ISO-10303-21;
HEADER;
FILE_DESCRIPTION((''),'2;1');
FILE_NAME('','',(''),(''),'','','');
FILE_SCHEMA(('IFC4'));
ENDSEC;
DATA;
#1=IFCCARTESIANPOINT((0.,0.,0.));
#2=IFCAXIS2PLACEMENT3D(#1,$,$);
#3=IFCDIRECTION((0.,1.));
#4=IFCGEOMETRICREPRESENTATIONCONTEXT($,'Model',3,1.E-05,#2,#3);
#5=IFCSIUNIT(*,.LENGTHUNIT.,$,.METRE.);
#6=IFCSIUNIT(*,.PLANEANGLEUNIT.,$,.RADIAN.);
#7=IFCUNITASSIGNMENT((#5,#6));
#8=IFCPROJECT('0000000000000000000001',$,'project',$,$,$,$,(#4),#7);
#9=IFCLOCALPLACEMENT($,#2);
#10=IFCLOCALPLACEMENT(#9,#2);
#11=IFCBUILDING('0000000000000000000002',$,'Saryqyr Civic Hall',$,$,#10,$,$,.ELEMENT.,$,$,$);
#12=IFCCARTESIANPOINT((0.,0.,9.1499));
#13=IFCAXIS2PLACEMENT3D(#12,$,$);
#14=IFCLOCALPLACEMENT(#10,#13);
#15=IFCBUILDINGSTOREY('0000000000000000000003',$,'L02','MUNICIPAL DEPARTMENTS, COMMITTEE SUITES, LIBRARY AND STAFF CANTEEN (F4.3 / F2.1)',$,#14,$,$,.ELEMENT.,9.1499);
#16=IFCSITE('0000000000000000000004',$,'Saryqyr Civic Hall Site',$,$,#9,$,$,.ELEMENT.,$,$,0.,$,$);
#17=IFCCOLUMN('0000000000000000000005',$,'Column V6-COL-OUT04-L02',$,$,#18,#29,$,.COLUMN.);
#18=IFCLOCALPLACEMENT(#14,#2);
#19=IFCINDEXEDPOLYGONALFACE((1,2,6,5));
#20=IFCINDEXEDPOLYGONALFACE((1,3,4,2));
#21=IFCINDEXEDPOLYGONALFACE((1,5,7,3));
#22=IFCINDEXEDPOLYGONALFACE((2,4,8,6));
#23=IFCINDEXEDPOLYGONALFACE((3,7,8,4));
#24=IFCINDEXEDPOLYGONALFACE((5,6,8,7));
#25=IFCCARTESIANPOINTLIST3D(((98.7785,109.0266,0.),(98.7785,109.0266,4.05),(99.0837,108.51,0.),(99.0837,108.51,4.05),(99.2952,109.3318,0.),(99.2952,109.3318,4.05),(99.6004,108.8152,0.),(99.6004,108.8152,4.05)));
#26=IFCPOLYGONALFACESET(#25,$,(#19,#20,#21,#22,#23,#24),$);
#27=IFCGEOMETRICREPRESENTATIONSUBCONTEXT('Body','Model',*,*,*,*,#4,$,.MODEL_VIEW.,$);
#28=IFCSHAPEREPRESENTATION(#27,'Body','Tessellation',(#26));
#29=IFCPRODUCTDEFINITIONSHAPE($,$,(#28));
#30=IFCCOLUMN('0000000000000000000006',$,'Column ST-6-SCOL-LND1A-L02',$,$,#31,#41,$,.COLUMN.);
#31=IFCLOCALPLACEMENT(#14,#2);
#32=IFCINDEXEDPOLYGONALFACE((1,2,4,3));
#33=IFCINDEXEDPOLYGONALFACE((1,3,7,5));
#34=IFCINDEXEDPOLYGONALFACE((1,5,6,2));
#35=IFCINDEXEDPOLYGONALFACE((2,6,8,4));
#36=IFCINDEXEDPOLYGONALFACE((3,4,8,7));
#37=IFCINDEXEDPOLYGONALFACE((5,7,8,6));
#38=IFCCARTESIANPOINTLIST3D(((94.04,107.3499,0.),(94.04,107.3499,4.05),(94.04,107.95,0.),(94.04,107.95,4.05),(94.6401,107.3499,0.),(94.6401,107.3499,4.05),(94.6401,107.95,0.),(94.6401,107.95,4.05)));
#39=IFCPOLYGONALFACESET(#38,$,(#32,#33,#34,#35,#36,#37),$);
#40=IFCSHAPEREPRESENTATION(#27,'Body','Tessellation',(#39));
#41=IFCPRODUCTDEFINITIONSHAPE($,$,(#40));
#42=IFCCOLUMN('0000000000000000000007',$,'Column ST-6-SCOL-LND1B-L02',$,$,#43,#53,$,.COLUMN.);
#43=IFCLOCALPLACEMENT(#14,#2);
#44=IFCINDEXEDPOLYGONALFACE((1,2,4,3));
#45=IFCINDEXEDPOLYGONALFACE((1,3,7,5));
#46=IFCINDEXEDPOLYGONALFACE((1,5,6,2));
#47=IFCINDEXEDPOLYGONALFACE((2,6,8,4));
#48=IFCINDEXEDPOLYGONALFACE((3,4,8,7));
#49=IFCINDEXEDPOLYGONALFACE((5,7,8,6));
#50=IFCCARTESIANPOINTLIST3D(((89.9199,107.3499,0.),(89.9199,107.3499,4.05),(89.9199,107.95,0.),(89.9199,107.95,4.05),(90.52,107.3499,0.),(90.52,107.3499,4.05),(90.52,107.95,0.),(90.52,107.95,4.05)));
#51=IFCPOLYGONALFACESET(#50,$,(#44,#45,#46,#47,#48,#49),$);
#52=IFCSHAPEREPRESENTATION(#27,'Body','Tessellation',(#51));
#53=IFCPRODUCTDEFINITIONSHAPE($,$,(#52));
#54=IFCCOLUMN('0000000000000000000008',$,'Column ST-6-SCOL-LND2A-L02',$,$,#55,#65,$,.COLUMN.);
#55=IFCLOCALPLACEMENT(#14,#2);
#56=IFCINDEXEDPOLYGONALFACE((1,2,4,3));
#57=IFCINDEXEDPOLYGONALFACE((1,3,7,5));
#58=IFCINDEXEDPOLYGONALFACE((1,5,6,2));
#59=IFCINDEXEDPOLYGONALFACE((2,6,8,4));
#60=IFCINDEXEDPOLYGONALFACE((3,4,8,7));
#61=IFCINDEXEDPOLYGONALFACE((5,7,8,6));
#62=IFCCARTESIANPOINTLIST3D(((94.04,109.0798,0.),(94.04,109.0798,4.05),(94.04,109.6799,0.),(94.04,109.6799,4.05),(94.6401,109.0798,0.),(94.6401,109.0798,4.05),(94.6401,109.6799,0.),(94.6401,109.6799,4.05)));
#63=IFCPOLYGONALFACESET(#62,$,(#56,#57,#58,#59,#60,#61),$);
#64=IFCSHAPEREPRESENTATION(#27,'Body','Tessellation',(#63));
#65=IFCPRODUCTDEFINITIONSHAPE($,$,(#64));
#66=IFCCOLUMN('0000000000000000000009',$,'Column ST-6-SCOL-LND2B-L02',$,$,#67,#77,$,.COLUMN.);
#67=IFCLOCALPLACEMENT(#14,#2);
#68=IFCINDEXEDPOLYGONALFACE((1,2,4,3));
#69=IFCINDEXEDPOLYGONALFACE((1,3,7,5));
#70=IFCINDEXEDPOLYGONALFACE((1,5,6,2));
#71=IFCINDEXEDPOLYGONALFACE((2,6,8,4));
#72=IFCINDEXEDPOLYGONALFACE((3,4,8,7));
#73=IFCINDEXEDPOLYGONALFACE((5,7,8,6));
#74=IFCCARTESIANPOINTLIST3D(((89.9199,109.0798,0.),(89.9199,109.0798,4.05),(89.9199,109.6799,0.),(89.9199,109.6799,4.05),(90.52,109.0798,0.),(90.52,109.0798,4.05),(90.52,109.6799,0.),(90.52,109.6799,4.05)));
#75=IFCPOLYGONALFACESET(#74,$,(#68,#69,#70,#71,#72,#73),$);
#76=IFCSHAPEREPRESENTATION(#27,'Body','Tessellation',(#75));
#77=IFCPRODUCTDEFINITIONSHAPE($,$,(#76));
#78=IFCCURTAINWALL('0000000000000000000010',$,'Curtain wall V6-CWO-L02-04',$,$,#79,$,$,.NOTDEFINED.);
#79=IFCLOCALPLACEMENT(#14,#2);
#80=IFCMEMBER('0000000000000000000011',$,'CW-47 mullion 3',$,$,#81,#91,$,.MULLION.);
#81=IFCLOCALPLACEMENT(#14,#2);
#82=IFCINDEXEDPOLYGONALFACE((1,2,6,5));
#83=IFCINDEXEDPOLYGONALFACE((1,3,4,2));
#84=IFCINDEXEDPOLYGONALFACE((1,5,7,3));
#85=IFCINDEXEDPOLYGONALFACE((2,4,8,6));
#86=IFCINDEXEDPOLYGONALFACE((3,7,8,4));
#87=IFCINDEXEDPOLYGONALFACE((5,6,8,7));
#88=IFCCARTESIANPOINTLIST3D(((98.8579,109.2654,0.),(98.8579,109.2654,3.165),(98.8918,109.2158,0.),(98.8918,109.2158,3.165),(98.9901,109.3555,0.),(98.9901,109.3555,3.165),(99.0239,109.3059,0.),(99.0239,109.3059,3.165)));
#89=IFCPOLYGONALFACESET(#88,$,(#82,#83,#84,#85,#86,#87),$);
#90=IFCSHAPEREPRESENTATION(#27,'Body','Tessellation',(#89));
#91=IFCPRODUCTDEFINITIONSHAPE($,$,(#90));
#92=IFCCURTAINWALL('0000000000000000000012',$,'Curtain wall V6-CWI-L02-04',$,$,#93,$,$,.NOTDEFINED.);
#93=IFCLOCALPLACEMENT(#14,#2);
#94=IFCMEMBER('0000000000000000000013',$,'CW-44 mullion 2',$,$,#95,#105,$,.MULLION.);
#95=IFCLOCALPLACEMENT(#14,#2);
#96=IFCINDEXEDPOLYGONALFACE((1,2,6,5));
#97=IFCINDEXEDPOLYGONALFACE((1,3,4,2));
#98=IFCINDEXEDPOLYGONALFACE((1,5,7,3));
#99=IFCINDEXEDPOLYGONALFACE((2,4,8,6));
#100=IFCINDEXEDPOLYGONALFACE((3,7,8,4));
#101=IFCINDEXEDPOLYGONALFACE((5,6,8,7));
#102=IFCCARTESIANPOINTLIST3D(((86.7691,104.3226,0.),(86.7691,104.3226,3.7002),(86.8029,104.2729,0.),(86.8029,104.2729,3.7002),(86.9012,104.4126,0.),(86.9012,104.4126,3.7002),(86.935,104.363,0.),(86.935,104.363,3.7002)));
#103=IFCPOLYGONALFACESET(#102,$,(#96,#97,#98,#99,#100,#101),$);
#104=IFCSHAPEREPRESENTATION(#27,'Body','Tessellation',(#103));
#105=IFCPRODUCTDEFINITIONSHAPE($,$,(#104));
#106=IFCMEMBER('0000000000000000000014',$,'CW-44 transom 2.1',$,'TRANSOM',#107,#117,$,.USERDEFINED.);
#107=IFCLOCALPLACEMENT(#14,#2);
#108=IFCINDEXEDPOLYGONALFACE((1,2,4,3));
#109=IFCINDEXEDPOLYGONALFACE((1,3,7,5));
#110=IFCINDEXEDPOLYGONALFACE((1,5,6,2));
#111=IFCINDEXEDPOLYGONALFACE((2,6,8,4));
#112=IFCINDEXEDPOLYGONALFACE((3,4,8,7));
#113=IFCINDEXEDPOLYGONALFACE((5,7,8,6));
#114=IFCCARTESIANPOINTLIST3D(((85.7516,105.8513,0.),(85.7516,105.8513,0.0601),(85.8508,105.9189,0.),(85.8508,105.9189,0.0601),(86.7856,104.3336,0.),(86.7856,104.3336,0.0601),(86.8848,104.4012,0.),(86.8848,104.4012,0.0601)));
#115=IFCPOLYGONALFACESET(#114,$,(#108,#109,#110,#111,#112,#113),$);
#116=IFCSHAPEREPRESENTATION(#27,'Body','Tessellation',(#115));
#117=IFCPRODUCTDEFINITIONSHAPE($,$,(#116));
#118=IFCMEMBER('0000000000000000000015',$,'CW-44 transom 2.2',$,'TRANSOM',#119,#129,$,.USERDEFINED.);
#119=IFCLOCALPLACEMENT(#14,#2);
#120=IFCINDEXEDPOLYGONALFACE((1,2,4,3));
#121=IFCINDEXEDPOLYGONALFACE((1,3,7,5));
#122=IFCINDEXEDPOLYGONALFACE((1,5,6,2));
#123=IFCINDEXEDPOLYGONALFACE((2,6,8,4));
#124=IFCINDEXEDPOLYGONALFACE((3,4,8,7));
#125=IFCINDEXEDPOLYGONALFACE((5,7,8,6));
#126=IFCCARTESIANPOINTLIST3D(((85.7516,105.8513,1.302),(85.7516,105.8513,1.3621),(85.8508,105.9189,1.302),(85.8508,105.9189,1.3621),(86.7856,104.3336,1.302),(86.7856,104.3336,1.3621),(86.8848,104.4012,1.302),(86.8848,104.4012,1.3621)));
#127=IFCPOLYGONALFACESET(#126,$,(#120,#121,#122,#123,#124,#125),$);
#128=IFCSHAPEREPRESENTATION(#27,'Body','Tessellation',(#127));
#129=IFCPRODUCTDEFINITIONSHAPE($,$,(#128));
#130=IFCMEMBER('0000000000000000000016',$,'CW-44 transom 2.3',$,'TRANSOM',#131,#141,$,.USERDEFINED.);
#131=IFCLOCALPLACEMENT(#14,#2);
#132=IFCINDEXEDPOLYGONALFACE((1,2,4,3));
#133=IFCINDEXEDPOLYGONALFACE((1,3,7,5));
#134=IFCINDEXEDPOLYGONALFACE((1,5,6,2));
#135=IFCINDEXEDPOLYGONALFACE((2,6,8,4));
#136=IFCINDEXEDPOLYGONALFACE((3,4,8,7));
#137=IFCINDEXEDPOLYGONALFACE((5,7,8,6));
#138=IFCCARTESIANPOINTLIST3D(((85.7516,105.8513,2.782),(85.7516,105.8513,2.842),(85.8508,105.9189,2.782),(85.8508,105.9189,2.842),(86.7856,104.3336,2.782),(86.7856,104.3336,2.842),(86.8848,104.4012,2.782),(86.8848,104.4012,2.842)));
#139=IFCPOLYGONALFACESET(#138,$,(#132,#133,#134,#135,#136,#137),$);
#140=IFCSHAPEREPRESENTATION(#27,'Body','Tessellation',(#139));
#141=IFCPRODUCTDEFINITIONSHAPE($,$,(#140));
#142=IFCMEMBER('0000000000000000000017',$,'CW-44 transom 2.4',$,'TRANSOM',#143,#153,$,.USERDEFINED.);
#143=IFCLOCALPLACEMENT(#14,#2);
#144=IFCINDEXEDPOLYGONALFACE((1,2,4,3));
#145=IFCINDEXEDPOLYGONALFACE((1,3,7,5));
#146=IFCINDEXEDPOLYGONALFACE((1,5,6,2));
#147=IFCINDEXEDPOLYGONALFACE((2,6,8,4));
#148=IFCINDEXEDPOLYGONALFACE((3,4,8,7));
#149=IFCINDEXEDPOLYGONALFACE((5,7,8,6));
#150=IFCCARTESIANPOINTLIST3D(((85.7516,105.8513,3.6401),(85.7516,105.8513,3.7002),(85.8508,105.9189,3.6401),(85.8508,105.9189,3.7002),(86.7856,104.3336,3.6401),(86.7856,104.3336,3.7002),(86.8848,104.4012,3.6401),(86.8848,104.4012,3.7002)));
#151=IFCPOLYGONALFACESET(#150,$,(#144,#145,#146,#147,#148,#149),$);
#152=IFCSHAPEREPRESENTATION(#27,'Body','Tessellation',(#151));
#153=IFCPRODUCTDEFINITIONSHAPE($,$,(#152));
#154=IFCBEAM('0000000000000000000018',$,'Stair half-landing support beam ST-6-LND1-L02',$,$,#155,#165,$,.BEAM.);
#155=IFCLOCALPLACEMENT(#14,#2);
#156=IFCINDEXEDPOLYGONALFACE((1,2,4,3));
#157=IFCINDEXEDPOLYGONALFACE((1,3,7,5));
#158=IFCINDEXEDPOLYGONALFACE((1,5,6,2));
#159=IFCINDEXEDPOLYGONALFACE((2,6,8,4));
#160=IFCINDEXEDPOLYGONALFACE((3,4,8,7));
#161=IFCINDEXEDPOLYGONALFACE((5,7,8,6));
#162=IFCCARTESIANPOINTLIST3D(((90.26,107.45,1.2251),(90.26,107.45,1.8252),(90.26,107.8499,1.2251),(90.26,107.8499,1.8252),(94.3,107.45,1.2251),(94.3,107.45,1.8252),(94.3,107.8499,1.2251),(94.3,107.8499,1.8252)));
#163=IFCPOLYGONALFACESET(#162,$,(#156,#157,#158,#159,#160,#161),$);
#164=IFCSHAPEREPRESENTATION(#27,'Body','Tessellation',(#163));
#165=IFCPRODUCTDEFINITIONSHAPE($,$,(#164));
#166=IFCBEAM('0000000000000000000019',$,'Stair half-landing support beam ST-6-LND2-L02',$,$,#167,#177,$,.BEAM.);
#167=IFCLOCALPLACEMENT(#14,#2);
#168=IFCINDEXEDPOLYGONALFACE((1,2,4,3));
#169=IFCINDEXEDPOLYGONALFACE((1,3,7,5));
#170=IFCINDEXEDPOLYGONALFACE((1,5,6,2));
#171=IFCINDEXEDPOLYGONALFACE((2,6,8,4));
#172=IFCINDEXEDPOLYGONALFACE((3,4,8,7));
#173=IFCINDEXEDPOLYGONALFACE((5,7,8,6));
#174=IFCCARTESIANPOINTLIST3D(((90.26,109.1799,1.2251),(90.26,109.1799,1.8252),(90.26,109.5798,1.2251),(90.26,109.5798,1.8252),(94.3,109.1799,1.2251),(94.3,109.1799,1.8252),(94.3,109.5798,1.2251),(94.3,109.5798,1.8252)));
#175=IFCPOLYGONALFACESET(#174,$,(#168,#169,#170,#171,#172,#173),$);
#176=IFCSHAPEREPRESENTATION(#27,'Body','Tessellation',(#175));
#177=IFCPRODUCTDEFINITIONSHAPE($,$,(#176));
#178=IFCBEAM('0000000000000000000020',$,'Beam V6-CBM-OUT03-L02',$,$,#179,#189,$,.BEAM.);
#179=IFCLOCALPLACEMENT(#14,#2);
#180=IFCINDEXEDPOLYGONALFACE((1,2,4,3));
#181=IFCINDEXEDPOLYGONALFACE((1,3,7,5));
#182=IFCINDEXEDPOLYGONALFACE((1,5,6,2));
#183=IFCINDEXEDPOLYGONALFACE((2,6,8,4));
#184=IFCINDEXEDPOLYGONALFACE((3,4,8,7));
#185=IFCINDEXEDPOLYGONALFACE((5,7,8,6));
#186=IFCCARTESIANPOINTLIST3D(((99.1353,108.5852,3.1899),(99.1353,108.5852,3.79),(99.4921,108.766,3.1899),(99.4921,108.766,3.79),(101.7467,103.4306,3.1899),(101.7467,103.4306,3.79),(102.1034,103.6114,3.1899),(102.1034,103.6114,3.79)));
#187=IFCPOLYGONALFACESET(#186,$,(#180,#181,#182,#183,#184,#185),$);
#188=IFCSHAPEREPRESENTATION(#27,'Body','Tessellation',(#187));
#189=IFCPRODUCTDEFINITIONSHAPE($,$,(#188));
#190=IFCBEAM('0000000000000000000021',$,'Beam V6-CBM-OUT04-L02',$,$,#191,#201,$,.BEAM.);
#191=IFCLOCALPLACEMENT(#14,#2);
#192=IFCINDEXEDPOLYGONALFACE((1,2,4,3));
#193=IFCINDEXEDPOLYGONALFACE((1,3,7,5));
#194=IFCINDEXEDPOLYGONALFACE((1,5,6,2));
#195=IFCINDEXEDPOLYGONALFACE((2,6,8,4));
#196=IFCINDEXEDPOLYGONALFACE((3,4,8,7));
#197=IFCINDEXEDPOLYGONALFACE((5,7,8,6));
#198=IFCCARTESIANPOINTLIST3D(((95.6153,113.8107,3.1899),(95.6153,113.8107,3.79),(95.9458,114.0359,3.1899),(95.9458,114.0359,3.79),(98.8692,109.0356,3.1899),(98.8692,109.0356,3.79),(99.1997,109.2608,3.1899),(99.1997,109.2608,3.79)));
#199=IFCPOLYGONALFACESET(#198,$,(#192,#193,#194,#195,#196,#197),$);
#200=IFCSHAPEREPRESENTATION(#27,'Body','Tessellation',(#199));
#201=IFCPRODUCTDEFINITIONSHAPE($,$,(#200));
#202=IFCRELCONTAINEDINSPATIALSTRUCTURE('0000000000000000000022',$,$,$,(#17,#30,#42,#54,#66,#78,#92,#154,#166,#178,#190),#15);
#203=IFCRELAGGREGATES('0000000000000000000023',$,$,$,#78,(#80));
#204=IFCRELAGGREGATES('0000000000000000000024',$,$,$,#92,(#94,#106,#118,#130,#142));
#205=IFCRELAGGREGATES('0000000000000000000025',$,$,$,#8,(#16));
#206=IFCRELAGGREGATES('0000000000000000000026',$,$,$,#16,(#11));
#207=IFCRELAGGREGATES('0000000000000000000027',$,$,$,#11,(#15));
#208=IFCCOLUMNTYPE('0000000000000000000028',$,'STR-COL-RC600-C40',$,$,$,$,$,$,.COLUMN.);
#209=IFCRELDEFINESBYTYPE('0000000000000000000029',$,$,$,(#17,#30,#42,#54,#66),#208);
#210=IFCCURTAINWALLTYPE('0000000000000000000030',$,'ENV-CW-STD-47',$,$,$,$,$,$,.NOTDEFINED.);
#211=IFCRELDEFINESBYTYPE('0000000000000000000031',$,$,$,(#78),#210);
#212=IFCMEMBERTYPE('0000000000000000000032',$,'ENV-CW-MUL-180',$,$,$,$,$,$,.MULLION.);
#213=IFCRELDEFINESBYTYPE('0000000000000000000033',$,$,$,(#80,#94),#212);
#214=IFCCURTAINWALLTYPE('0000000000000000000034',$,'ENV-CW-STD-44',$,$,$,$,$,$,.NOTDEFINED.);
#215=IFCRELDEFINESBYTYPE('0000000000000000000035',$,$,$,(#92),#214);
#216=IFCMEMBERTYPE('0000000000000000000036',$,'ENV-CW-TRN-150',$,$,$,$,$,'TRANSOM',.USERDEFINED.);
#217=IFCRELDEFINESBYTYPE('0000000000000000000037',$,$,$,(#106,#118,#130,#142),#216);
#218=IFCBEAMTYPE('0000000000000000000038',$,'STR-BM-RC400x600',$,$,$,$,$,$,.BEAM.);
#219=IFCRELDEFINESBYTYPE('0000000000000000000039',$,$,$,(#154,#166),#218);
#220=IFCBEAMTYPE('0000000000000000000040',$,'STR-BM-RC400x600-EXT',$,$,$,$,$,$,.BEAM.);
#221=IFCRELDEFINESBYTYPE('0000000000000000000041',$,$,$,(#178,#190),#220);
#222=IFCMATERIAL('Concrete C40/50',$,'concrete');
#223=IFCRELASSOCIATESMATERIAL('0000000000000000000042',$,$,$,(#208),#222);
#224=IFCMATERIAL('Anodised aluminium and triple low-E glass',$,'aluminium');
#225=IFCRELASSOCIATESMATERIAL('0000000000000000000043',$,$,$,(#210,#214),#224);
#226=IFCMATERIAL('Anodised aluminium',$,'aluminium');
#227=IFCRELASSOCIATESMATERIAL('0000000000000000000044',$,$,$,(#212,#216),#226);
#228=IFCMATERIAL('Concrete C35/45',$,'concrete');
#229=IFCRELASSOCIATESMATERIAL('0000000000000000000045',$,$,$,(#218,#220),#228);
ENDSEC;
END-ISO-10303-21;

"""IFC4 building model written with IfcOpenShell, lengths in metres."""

from ifc_helpers import new_model, si_unit, direction, frame, origin, origin_2d, place, context, subcontext, project, spatial, rectangle, extrude, material, material_profile, profile_set, type_object, element, aggregate, save


model = new_model("IFC4")

# Units and contexts
model_context = context("Model", 3, precision=1e-05, world=origin(), true_north=direction((0.0, 1.0)))
body_context = subcontext(model_context, "Body", "Model", "MODEL_VIEW")
ifc_project = project(units=[si_unit("LENGTHUNIT", "METRE"), si_unit("PLANEANGLEUNIT", "RADIAN")], contexts=[model_context])

# Site, building, storey
site_placement = place(None, origin())
site = spatial("IfcSite", under=ifc_project, at=site_placement, Name="Saryqyr Civic Hall Site", CompositionType="ELEMENT", RefElevation=0.0)
building_placement = place(site_placement, origin())
building = spatial("IfcBuilding", under=site, at=building_placement, Name="Saryqyr Civic Hall", CompositionType="ELEMENT")
storey_placement = place(building_placement, frame((0.0, 0.0, 9.1499)))
storey = spatial("IfcBuildingStorey", under=building, at=storey_placement, Name="L02", Description="MUNICIPAL DEPARTMENTS, COMMITTEE SUITES, LIBRARY AND STAFF CANTEEN (F4.3 / F2.1)", CompositionType="ELEMENT", Elevation=9.1499)

# Columns
ifc_material_1 = material(Name="Concrete C40/50", Category="concrete")
ifc_material_profile_1 = material_profile(ifc_material_1, rectangle(XDim=0.6001, YDim=0.6001, at=origin_2d()), Name="RC 600x600")
ifc_profile_set_1 = profile_set([ifc_material_profile_1], Name="Concrete C40/50")
column_type = type_object("IfcColumnType", Name="STR-COL-RC600-C40", PredefinedType="COLUMN", material=ifc_profile_set_1)
for number, where, z_axis, x_axis, name in (
    (1, (99.1895, 108.9209, 0.0), (0.0, 0.0, 1.0), (0.861008, 0.508591, 0.0), "Column V6-COL-OUT04-L02"),
    (2, (94.3401, 107.6499, 0.0), (0.0, 0.0, 1.0), (1.0, 0.0, 0.0), "Column ST-6-SCOL-LND1A-L02"),
    (3, (90.22, 107.6499, 0.0), (0.0, 0.0, 1.0), (1.0, 0.0, 0.0), "Column ST-6-SCOL-LND1B-L02"),
    (4, (94.3401, 109.3799, 0.0), (0.0, 0.0, 1.0), (1.0, 0.0, 0.0), "Column ST-6-SCOL-LND2A-L02"),
    (5, (90.22, 109.3799, 0.0), (0.0, 0.0, 1.0), (1.0, 0.0, 0.0), "Column ST-6-SCOL-LND2B-L02"),
):
    element("IfcColumn", number, at=place(storey_placement, frame(where, z_axis=z_axis, x_axis=x_axis)), inside=storey, type_object=column_type, Name=name, PredefinedType="COLUMN", context=body_context, shape_type="SweptSolid", body=[
        extrude(rectangle(XDim=0.6001, YDim=0.6001, at=origin_2d()), origin(), (0.0, 0.0, 1.0), 4.05),
    ])

# Curtain wall, member
ifc_material_2 = material(Name="Anodised aluminium and triple low-E glass", Category="aluminium")
curtain_wall_type_1 = type_object("IfcCurtainWallType", Name="ENV-CW-STD-47", PredefinedType="NOTDEFINED", material=ifc_material_2)
curtain_wall_1_placement = place(storey_placement, origin())
curtain_wall_1 = element("IfcCurtainWall", 6, at=curtain_wall_1_placement, inside=storey, type_object=curtain_wall_type_1, Name="Curtain wall V6-CWO-L02-04", PredefinedType="NOTDEFINED")
ifc_material_3 = material(Name="Anodised aluminium", Category="aluminium")
ifc_material_profile_2 = material_profile(ifc_material_3, rectangle(XDim=0.0601, YDim=0.1599, at=origin_2d()), Name="ALU MULLION 60x160")
ifc_profile_set_2 = profile_set([ifc_material_profile_2], Name="Anodised aluminium")
member_type_1 = type_object("IfcMemberType", Name="ENV-CW-MUL-180", PredefinedType="MULLION", material=ifc_profile_set_2)
member_1_placement = place(storey_placement, frame((98.9409, 109.2856, 0.0), z_axis=(0.0, 0.0, 1.0), x_axis=(0.563118, -0.826377, 0.0)))
member_1 = element("IfcMember", 7, at=member_1_placement, type_object=member_type_1, Name="CW-47 mullion 3", PredefinedType="MULLION", context=body_context, shape_type="SweptSolid", body=[
    extrude(rectangle(XDim=0.0601, YDim=0.1599, at=origin_2d()), origin(), (0.0, 0.0, 1.0), 3.165),
])
aggregate(curtain_wall_1, [member_1])

# Curtain wall, members
curtain_wall_type_2 = type_object("IfcCurtainWallType", Name="ENV-CW-STD-44", PredefinedType="NOTDEFINED", material=ifc_material_2)
curtain_wall_2_placement = place(storey_placement, origin())
curtain_wall_2 = element("IfcCurtainWall", 8, at=curtain_wall_2_placement, inside=storey, type_object=curtain_wall_type_2, Name="Curtain wall V6-CWI-L02-04", PredefinedType="NOTDEFINED")
member_2_placement = place(storey_placement, frame((86.8521, 104.3428, 0.0), z_axis=(0.0, 0.0, 1.0), x_axis=(-0.56313, 0.826368, 0.0)))
member_2 = element("IfcMember", 9, at=member_2_placement, type_object=member_type_1, Name="CW-44 mullion 2", PredefinedType="MULLION", context=body_context, shape_type="SweptSolid", body=[
    extrude(rectangle(XDim=0.0601, YDim=0.1599, at=origin_2d()), origin(), (0.0, 0.0, 1.0), 3.7002),
])
ifc_material_profile_3 = material_profile(ifc_material_3, rectangle(XDim=0.1201, YDim=0.0601, at=origin_2d()), Name="ALU TRANSOM 120x60")
ifc_profile_set_3 = profile_set([ifc_material_profile_3], Name="Anodised aluminium")
member_type_2 = type_object("IfcMemberType", Name="ENV-CW-TRN-150", ElementType="TRANSOM", PredefinedType="USERDEFINED", material=ifc_profile_set_3)
member_3_placement = place(storey_placement, frame((86.8352, 104.3674, 0.03), z_axis=(-0.563048, 0.826424, 0.0), x_axis=(-0.826424, -0.563048, 0.0)))
member_3 = element("IfcMember", 10, at=member_3_placement, type_object=member_type_2, Name="CW-44 transom 2.1", ObjectType="TRANSOM", PredefinedType="USERDEFINED", context=body_context, shape_type="SweptSolid", body=[
    extrude(rectangle(XDim=0.1201, YDim=0.0601, at=origin_2d()), origin(), (0.0, 0.0, 1.0), 1.8364),
])
member_4_placement = place(storey_placement, frame((86.8352, 104.3674, 1.332), z_axis=(-0.563048, 0.826424, 0.0), x_axis=(-0.826424, -0.563048, 0.0)))
member_4 = element("IfcMember", 11, at=member_4_placement, type_object=member_type_2, Name="CW-44 transom 2.2", ObjectType="TRANSOM", PredefinedType="USERDEFINED", context=body_context, shape_type="SweptSolid", body=[
    extrude(rectangle(XDim=0.1201, YDim=0.0601, at=origin_2d()), origin(), (0.0, 0.0, 1.0), 1.8364),
])
member_5_placement = place(storey_placement, frame((86.8352, 104.3674, 2.812), z_axis=(-0.563048, 0.826424, 0.0), x_axis=(-0.826424, -0.563048, 0.0)))
member_5 = element("IfcMember", 12, at=member_5_placement, type_object=member_type_2, Name="CW-44 transom 2.3", ObjectType="TRANSOM", PredefinedType="USERDEFINED", context=body_context, shape_type="SweptSolid", body=[
    extrude(rectangle(XDim=0.1201, YDim=0.0601, at=origin_2d()), origin(), (0.0, 0.0, 1.0), 1.8364),
])
member_6_placement = place(storey_placement, frame((86.8352, 104.3674, 3.6702), z_axis=(-0.563048, 0.826424, 0.0), x_axis=(-0.826424, -0.563048, 0.0)))
member_6 = element("IfcMember", 13, at=member_6_placement, type_object=member_type_2, Name="CW-44 transom 2.4", ObjectType="TRANSOM", PredefinedType="USERDEFINED", context=body_context, shape_type="SweptSolid", body=[
    extrude(rectangle(XDim=0.1201, YDim=0.0601, at=origin_2d()), origin(), (0.0, 0.0, 1.0), 1.8364),
])

# Beams
ifc_material_4 = material(Name="Concrete C35/45", Category="concrete")
ifc_material_profile_4 = material_profile(ifc_material_4, rectangle(XDim=0.3999, YDim=0.6001, at=origin_2d()), Name="RC 400x600")
ifc_profile_set_4 = profile_set([ifc_material_profile_4], Name="Concrete C35/45")
beam_type_1 = type_object("IfcBeamType", Name="STR-BM-RC400x600", PredefinedType="BEAM", material=ifc_profile_set_4)
for number, where, z_axis, x_axis, name in (
    (14, (94.3, 107.6499, 1.5251), (-1.0, 0.0, 0.0), (0.0, -1.0, 0.0), "Stair half-landing support beam ST-6-LND1-L02"),
    (15, (94.3, 109.3799, 1.5251), (-1.0, 0.0, 0.0), (0.0, -1.0, 0.0), "Stair half-landing support beam ST-6-LND2-L02"),
):
    element("IfcBeam", number, at=place(storey_placement, frame(where, z_axis=z_axis, x_axis=x_axis)), inside=storey, type_object=beam_type_1, Name=name, PredefinedType="BEAM", context=body_context, shape_type="SweptSolid", body=[
        extrude(rectangle(XDim=0.3999, YDim=0.6001, at=origin_2d()), origin(), (0.0, 0.0, 1.0), 4.04),
    ])
ifc_material_profile_5 = material_profile(ifc_material_4, rectangle(XDim=0.3999, YDim=0.6001, at=origin_2d()), Name="RC 400x600")
ifc_profile_set_5 = profile_set([ifc_material_profile_5], Name="Concrete C35/45")
beam_type_2 = type_object("IfcBeamType", Name="STR-BM-RC400x600-EXT", PredefinedType="BEAM", material=ifc_profile_set_5)
for number, where, z_axis, x_axis, name in (
    (16, (101.925, 103.521, 3.49), (-0.451923, 0.892057, 0.0), (-0.892057, -0.451923, 0.0), "Beam V6-CBM-OUT03-L02"),
    (17, (99.0344, 109.1482, 3.49), (-0.563115, 0.826378, 0.0), (-0.826378, -0.563115, 0.0), "Beam V6-CBM-OUT04-L02"),
):
    element("IfcBeam", number, at=place(storey_placement, frame(where, z_axis=z_axis, x_axis=x_axis)), inside=storey, type_object=beam_type_2, Name=name, PredefinedType="BEAM", context=body_context, shape_type="SweptSolid", body=[
        extrude(rectangle(XDim=0.3999, YDim=0.6001, at=origin_2d()), origin(), (0.0, 0.0, 1.0), 5.7783),
    ])

aggregate(curtain_wall_2, [member_2, member_3, member_4, member_5, member_6])

save(model, "model.ifc")
